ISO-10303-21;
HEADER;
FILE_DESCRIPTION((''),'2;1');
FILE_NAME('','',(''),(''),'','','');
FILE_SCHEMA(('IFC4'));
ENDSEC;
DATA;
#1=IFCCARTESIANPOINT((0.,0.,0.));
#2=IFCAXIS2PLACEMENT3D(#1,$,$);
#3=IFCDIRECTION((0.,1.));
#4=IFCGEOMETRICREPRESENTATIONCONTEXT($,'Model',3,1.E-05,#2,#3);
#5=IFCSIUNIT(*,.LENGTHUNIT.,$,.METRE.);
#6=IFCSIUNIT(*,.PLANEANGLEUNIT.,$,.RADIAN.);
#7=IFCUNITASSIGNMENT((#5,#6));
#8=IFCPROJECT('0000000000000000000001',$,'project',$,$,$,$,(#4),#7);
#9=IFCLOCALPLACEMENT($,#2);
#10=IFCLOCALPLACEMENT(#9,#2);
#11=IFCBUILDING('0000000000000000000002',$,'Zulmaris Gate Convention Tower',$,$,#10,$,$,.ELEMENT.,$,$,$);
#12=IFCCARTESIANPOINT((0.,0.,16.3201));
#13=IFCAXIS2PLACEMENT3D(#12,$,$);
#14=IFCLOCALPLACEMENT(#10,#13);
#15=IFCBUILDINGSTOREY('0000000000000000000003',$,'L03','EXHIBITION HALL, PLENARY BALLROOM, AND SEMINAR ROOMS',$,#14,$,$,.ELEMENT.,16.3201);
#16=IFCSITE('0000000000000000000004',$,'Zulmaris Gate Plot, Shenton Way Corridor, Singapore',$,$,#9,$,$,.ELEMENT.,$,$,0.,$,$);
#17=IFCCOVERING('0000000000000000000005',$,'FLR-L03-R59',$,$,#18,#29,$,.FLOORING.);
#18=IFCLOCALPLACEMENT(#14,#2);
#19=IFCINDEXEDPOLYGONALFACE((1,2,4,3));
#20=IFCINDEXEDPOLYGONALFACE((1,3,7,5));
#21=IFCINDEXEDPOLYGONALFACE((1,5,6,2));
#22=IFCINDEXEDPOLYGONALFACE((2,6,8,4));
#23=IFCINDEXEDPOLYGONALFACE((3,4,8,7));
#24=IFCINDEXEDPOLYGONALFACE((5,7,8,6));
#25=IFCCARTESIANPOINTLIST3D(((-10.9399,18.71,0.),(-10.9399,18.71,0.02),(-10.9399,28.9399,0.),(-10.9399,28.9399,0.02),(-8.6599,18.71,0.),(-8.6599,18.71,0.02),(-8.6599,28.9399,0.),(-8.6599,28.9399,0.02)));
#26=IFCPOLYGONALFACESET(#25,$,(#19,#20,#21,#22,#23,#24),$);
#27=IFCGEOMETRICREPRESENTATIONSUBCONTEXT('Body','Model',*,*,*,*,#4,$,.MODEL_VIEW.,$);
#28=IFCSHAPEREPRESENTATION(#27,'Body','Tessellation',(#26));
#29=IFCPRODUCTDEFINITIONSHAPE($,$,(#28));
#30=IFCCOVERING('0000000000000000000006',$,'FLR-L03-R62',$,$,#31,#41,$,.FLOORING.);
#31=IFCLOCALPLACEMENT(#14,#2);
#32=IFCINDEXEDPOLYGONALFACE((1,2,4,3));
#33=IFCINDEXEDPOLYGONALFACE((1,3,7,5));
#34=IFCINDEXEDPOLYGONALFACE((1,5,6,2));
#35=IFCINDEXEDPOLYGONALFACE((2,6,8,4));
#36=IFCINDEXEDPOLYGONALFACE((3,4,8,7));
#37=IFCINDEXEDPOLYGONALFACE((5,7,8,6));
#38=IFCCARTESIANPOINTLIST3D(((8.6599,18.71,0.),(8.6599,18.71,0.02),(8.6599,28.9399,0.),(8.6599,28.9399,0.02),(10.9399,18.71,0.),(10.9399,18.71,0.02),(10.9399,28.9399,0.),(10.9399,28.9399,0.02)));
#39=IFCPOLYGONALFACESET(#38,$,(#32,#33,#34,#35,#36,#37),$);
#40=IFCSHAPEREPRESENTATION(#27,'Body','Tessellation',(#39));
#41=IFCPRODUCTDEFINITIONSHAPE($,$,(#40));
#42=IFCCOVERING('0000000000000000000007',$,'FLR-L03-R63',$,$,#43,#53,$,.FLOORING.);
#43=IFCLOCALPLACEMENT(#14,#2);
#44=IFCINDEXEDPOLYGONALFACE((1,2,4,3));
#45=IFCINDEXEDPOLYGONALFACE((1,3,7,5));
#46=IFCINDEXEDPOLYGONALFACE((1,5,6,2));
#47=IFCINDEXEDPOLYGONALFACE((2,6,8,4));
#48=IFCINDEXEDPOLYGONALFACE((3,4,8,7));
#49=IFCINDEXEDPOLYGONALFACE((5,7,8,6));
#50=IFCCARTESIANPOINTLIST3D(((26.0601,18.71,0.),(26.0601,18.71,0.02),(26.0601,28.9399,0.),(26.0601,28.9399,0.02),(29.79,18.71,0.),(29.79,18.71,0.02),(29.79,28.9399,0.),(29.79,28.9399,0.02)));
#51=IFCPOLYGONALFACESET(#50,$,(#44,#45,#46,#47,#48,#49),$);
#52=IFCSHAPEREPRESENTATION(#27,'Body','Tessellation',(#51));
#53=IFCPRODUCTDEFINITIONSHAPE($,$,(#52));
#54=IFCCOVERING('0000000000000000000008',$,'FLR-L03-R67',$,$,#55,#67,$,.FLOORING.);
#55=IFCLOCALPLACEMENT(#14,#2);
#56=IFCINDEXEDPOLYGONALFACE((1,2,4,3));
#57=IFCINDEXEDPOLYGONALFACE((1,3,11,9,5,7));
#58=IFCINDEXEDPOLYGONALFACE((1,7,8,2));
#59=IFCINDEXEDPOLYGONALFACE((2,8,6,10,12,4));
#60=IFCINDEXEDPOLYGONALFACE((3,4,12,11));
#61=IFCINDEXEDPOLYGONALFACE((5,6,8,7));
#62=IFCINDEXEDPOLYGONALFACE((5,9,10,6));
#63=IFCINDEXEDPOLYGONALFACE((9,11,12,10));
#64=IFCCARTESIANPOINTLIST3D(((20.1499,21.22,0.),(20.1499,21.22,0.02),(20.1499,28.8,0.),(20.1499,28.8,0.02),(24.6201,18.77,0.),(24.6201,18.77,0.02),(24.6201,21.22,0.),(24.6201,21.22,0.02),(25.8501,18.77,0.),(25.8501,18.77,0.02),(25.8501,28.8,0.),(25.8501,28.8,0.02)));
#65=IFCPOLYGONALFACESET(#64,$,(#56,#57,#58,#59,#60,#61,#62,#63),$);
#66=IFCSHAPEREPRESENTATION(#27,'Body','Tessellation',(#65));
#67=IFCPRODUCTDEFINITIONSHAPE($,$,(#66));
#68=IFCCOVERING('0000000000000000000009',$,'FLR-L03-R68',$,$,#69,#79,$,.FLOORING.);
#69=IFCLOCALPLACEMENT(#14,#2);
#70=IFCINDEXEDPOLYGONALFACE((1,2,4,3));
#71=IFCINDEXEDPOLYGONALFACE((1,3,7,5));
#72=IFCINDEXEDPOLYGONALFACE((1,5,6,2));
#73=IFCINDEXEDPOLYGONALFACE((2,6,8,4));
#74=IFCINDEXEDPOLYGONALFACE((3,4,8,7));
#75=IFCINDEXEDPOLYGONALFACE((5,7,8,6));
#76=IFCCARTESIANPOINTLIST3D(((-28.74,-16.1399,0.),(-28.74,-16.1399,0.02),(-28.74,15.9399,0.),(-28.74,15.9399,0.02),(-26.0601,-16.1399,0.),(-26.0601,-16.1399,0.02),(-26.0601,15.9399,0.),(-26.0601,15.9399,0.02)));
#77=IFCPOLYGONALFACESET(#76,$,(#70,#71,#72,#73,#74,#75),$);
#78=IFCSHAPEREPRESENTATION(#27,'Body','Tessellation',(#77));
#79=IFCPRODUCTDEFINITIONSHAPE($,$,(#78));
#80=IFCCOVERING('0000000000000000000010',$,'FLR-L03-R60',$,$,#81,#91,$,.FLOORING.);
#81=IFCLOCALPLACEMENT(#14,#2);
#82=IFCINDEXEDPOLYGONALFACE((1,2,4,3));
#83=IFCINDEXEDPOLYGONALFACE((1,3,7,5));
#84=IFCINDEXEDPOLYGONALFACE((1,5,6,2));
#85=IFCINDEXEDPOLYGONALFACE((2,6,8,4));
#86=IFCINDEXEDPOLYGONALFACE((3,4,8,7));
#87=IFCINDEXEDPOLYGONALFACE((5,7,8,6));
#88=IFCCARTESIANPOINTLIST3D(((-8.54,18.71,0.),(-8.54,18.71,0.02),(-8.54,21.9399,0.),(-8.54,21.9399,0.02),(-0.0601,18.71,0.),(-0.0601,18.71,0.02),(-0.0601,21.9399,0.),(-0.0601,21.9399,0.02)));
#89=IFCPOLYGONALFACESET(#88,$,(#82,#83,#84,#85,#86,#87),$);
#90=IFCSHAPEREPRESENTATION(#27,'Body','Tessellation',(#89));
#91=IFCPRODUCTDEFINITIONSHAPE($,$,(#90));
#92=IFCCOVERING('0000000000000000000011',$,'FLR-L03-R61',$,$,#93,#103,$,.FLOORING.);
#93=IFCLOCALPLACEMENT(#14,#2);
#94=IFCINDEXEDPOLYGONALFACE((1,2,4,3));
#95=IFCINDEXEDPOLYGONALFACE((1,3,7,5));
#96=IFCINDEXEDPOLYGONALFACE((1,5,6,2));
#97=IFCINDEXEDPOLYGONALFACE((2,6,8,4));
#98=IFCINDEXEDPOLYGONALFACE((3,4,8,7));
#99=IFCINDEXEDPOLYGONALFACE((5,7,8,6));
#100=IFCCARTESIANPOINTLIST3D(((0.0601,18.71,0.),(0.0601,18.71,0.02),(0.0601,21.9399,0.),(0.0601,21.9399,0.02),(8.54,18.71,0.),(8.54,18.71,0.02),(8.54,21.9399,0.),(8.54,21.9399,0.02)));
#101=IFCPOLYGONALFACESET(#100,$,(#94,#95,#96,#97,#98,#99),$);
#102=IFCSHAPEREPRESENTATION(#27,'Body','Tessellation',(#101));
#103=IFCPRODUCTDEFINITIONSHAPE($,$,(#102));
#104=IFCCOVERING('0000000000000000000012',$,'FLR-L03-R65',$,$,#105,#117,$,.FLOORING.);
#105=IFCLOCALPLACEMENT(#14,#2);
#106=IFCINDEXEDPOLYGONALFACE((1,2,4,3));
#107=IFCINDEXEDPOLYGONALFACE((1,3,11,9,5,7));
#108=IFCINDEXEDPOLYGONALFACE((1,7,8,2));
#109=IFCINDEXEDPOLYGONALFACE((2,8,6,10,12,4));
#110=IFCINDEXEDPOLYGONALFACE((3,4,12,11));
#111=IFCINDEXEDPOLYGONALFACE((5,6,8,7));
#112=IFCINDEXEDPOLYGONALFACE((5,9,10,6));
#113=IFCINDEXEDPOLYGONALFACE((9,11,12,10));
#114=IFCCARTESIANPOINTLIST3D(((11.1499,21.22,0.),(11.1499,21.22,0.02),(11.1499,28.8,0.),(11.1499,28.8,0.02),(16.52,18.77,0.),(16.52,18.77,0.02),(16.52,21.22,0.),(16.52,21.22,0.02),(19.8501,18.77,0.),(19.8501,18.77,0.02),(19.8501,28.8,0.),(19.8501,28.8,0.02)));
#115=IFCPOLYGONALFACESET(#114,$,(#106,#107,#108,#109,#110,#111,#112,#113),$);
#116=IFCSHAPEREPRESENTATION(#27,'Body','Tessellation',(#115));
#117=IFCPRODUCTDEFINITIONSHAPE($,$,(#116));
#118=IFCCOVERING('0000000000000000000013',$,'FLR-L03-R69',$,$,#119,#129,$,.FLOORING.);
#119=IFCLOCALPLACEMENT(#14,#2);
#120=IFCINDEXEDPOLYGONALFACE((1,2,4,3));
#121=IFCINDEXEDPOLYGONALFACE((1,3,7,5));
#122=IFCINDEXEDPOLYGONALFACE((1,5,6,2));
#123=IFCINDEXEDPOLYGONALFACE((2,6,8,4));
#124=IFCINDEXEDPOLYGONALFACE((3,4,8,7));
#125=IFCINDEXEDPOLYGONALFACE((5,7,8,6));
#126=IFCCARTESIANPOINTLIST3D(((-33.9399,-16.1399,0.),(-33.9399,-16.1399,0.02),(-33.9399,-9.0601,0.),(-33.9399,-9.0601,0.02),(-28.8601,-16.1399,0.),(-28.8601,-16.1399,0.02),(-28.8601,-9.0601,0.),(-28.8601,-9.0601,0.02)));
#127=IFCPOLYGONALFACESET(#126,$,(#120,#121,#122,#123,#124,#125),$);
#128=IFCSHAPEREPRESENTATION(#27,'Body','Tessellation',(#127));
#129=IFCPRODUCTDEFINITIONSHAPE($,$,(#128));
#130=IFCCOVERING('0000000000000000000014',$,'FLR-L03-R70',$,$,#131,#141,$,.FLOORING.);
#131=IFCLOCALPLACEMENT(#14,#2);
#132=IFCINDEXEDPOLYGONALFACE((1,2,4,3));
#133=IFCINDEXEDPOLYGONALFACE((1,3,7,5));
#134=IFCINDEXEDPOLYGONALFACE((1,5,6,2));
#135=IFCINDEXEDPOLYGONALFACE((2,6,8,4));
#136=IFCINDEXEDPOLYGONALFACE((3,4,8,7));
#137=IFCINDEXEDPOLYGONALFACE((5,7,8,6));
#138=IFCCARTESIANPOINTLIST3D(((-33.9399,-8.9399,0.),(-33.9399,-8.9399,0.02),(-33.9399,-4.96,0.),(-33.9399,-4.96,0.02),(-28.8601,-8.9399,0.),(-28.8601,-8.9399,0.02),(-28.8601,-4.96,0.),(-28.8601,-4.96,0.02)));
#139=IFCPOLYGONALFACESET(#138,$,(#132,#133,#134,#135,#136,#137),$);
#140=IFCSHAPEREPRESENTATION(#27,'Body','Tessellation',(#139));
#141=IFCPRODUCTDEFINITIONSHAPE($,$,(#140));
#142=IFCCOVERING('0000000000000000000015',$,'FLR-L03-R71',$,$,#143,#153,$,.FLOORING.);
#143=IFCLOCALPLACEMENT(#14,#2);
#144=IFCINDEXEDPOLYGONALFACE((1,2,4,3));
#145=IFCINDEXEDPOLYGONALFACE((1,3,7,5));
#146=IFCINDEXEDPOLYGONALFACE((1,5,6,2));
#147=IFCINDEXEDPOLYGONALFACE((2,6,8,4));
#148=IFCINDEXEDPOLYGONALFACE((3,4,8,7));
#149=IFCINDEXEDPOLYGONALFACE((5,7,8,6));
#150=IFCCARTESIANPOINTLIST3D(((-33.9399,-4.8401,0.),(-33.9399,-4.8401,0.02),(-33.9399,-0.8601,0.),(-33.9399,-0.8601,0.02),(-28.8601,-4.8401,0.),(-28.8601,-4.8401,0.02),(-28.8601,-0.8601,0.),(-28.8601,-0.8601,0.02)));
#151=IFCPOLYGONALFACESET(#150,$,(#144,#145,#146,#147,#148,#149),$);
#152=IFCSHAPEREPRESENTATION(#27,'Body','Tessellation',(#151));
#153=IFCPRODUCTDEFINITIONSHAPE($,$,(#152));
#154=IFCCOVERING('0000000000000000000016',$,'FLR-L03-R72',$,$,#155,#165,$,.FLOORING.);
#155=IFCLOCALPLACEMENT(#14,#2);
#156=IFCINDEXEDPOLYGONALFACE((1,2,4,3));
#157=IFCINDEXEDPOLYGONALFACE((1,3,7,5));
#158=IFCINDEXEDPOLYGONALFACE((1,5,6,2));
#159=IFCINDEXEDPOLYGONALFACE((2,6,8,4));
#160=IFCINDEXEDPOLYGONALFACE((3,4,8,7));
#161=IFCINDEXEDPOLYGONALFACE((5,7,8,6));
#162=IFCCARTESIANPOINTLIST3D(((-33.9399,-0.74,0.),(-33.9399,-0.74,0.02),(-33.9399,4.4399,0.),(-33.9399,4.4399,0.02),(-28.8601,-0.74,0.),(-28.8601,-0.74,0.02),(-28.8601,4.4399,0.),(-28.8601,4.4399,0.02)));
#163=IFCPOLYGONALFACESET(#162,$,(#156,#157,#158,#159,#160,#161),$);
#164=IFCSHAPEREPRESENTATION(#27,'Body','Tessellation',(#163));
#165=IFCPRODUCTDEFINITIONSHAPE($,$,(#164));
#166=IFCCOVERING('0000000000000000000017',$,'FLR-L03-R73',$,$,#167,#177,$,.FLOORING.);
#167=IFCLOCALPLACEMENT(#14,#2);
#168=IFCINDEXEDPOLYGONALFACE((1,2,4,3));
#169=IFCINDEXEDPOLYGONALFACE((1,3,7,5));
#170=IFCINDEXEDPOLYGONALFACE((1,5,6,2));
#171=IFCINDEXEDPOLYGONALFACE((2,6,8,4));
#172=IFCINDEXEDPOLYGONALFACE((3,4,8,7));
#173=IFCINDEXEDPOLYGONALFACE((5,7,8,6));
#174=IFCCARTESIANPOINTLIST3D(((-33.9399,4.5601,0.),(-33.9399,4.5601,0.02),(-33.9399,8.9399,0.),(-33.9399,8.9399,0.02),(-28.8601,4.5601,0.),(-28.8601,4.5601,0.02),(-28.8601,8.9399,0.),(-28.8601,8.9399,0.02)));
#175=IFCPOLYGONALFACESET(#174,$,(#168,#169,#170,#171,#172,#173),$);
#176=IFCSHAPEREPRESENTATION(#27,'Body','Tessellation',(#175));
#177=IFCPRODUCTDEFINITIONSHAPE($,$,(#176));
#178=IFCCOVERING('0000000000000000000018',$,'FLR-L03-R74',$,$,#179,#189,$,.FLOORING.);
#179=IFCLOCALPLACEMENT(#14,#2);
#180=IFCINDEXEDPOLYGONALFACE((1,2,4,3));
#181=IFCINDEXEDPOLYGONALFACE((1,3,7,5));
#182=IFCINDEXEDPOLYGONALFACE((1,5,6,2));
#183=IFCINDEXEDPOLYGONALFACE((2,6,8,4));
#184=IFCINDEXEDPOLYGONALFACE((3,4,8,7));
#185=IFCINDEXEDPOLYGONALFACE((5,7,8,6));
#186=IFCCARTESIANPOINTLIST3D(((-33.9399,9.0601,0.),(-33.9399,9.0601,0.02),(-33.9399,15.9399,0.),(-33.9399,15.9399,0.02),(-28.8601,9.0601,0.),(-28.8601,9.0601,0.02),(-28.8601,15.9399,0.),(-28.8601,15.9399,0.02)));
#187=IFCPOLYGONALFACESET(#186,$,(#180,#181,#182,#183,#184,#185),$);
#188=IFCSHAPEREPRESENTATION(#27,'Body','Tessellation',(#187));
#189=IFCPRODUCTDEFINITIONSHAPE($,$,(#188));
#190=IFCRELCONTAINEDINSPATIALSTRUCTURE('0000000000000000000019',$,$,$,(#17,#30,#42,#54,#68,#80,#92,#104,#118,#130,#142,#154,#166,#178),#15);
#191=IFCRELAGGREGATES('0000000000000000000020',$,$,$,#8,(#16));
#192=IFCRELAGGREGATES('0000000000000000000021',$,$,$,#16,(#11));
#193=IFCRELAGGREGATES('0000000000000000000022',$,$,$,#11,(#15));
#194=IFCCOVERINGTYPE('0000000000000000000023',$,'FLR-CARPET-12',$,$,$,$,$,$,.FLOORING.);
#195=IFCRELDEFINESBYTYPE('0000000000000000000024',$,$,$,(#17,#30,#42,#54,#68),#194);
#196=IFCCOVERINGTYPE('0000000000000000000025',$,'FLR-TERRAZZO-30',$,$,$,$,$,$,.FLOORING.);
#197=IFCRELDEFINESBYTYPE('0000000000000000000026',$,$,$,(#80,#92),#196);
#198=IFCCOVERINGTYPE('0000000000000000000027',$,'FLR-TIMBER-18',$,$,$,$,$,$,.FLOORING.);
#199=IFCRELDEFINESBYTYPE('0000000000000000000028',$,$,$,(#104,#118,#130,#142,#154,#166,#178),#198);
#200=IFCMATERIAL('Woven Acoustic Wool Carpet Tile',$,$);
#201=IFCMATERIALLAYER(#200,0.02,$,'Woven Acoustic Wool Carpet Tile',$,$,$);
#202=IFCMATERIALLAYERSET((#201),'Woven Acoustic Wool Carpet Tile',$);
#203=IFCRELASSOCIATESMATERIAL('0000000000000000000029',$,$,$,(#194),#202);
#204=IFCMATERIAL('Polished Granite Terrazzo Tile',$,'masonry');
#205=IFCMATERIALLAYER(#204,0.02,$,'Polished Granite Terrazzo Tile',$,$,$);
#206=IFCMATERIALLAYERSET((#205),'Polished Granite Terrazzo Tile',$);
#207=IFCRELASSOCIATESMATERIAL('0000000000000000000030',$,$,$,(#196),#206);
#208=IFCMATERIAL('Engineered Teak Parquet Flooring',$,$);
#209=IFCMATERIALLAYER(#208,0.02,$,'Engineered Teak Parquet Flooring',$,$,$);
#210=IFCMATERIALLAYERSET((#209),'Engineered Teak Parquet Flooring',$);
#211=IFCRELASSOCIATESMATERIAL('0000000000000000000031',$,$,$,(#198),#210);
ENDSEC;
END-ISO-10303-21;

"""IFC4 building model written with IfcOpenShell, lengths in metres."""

from ifc_helpers import new_model, si_unit, direction, frame, origin, place, context, subcontext, project, spatial, polyline, outline, extrude, material, layer, layer_set, type_object, element, save


model = new_model("IFC4")

# Units and contexts
model_context = context("Model", 3, precision=1e-05, world=origin(), true_north=direction((0.0, 1.0)))
body_context = subcontext(model_context, "Body", "Model", "MODEL_VIEW")
ifc_project = project(units=[si_unit("LENGTHUNIT", "METRE"), si_unit("PLANEANGLEUNIT", "RADIAN")], contexts=[model_context])

# Site, building, storey
site_placement = place(None, origin())
site = spatial("IfcSite", under=ifc_project, at=site_placement, Name="Zulmaris Gate Plot, Shenton Way Corridor, Singapore", CompositionType="ELEMENT", RefElevation=0.0)
building_placement = place(site_placement, origin())
building = spatial("IfcBuilding", under=site, at=building_placement, Name="Zulmaris Gate Convention Tower", CompositionType="ELEMENT")
storey_placement = place(building_placement, frame((0.0, 0.0, 16.3201)))
storey = spatial("IfcBuildingStorey", under=building, at=storey_placement, Name="L03", Description="EXHIBITION HALL, PLENARY BALLROOM, AND SEMINAR ROOMS", CompositionType="ELEMENT", Elevation=16.3201)

# Coverings
ifc_material_1 = material(Name="Woven Acoustic Wool Carpet Tile")
ifc_layer_1 = layer(ifc_material_1, 0.02, Name="Woven Acoustic Wool Carpet Tile")
ifc_layer_set_1 = layer_set([ifc_layer_1], Name="Woven Acoustic Wool Carpet Tile")
covering_type_1 = type_object("IfcCoveringType", Name="FLR-CARPET-12", PredefinedType="FLOORING", material=ifc_layer_set_1)
covering_1_placement = place(storey_placement, origin())
element("IfcCovering", 1, at=covering_1_placement, inside=storey, type_object=covering_type_1, Name="FLR-L03-R59", PredefinedType="FLOORING", context=body_context, shape_type="SweptSolid", body=[
    extrude(outline(polyline([(-10.9399, 18.71), (-8.6599, 18.71), (-8.6599, 28.9399), (-10.9399, 28.9399), (-10.9399, 18.71)])), origin(), (0.0, 0.0, 1.0), 0.02),
])
covering_2_placement = place(storey_placement, origin())
element("IfcCovering", 2, at=covering_2_placement, inside=storey, type_object=covering_type_1, Name="FLR-L03-R62", PredefinedType="FLOORING", context=body_context, shape_type="SweptSolid", body=[
    extrude(outline(polyline([(8.6599, 18.71), (10.9399, 18.71), (10.9399, 28.9399), (8.6599, 28.9399), (8.6599, 18.71)])), origin(), (0.0, 0.0, 1.0), 0.02),
])
covering_3_placement = place(storey_placement, origin())
element("IfcCovering", 3, at=covering_3_placement, inside=storey, type_object=covering_type_1, Name="FLR-L03-R63", PredefinedType="FLOORING", context=body_context, shape_type="SweptSolid", body=[
    extrude(outline(polyline([(26.0601, 18.71), (29.79, 18.71), (29.79, 28.9399), (26.0601, 28.9399), (26.0601, 18.71)])), origin(), (0.0, 0.0, 1.0), 0.02),
])
covering_4_placement = place(storey_placement, origin())
element("IfcCovering", 4, at=covering_4_placement, inside=storey, type_object=covering_type_1, Name="FLR-L03-R67", PredefinedType="FLOORING", context=body_context, shape_type="SweptSolid", body=[
    extrude(outline(polyline([(24.6201, 18.77), (25.8501, 18.77), (25.8501, 28.8), (20.1499, 28.8), (20.1499, 21.22), (24.6201, 21.22), (24.6201, 18.77)])), origin(), (0.0, 0.0, 1.0), 0.02),
])
covering_5_placement = place(storey_placement, origin())
element("IfcCovering", 5, at=covering_5_placement, inside=storey, type_object=covering_type_1, Name="FLR-L03-R68", PredefinedType="FLOORING", context=body_context, shape_type="SweptSolid", body=[
    extrude(outline(polyline([(-28.74, -16.1399), (-26.0601, -16.1399), (-26.0601, 15.9399), (-28.74, 15.9399), (-28.74, -16.1399)])), origin(), (0.0, 0.0, 1.0), 0.02),
])
ifc_material_2 = material(Name="Polished Granite Terrazzo Tile", Category="masonry")
ifc_layer_2 = layer(ifc_material_2, 0.02, Name="Polished Granite Terrazzo Tile")
ifc_layer_set_2 = layer_set([ifc_layer_2], Name="Polished Granite Terrazzo Tile")
covering_type_2 = type_object("IfcCoveringType", Name="FLR-TERRAZZO-30", PredefinedType="FLOORING", material=ifc_layer_set_2)
covering_6_placement = place(storey_placement, origin())
element("IfcCovering", 6, at=covering_6_placement, inside=storey, type_object=covering_type_2, Name="FLR-L03-R60", PredefinedType="FLOORING", context=body_context, shape_type="SweptSolid", body=[
    extrude(outline(polyline([(-8.54, 18.71), (-0.0601, 18.71), (-0.0601, 21.9399), (-8.54, 21.9399), (-8.54, 18.71)])), origin(), (0.0, 0.0, 1.0), 0.02),
])
covering_7_placement = place(storey_placement, origin())
element("IfcCovering", 7, at=covering_7_placement, inside=storey, type_object=covering_type_2, Name="FLR-L03-R61", PredefinedType="FLOORING", context=body_context, shape_type="SweptSolid", body=[
    extrude(outline(polyline([(0.0601, 18.71), (8.54, 18.71), (8.54, 21.9399), (0.0601, 21.9399), (0.0601, 18.71)])), origin(), (0.0, 0.0, 1.0), 0.02),
])
ifc_material_3 = material(Name="Engineered Teak Parquet Flooring")
ifc_layer_3 = layer(ifc_material_3, 0.02, Name="Engineered Teak Parquet Flooring")
ifc_layer_set_3 = layer_set([ifc_layer_3], Name="Engineered Teak Parquet Flooring")
covering_type_3 = type_object("IfcCoveringType", Name="FLR-TIMBER-18", PredefinedType="FLOORING", material=ifc_layer_set_3)
covering_8_placement = place(storey_placement, origin())
element("IfcCovering", 8, at=covering_8_placement, inside=storey, type_object=covering_type_3, Name="FLR-L03-R65", PredefinedType="FLOORING", context=body_context, shape_type="SweptSolid", body=[
    extrude(outline(polyline([(16.52, 18.77), (19.8501, 18.77), (19.8501, 28.8), (11.1499, 28.8), (11.1499, 21.22), (16.52, 21.22), (16.52, 18.77)])), origin(), (0.0, 0.0, 1.0), 0.02),
])
covering_9_placement = place(storey_placement, origin())
element("IfcCovering", 9, at=covering_9_placement, inside=storey, type_object=covering_type_3, Name="FLR-L03-R69", PredefinedType="FLOORING", context=body_context, shape_type="SweptSolid", body=[
    extrude(outline(polyline([(-33.9399, -16.1399), (-28.8601, -16.1399), (-28.8601, -9.0601), (-33.9399, -9.0601), (-33.9399, -16.1399)])), origin(), (0.0, 0.0, 1.0), 0.02),
])
covering_10_placement = place(storey_placement, origin())
element("IfcCovering", 10, at=covering_10_placement, inside=storey, type_object=covering_type_3, Name="FLR-L03-R70", PredefinedType="FLOORING", context=body_context, shape_type="SweptSolid", body=[
    extrude(outline(polyline([(-33.9399, -8.9399), (-28.8601, -8.9399), (-28.8601, -4.96), (-33.9399, -4.96), (-33.9399, -8.9399)])), origin(), (0.0, 0.0, 1.0), 0.02),
])
covering_11_placement = place(storey_placement, origin())
element("IfcCovering", 11, at=covering_11_placement, inside=storey, type_object=covering_type_3, Name="FLR-L03-R71", PredefinedType="FLOORING", context=body_context, shape_type="SweptSolid", body=[
    extrude(outline(polyline([(-33.9399, -4.8401), (-28.8601, -4.8401), (-28.8601, -0.8601), (-33.9399, -0.8601), (-33.9399, -4.8401)])), origin(), (0.0, 0.0, 1.0), 0.02),
])
covering_12_placement = place(storey_placement, origin())
element("IfcCovering", 12, at=covering_12_placement, inside=storey, type_object=covering_type_3, Name="FLR-L03-R72", PredefinedType="FLOORING", context=body_context, shape_type="SweptSolid", body=[
    extrude(outline(polyline([(-33.9399, -0.74), (-28.8601, -0.74), (-28.8601, 4.4399), (-33.9399, 4.4399), (-33.9399, -0.74)])), origin(), (0.0, 0.0, 1.0), 0.02),
])
covering_13_placement = place(storey_placement, origin())
element("IfcCovering", 13, at=covering_13_placement, inside=storey, type_object=covering_type_3, Name="FLR-L03-R73", PredefinedType="FLOORING", context=body_context, shape_type="SweptSolid", body=[
    extrude(outline(polyline([(-33.9399, 4.5601), (-28.8601, 4.5601), (-28.8601, 8.9399), (-33.9399, 8.9399), (-33.9399, 4.5601)])), origin(), (0.0, 0.0, 1.0), 0.02),
])
covering_14_placement = place(storey_placement, origin())
element("IfcCovering", 14, at=covering_14_placement, inside=storey, type_object=covering_type_3, Name="FLR-L03-R74", PredefinedType="FLOORING", context=body_context, shape_type="SweptSolid", body=[
    extrude(outline(polyline([(-33.9399, 9.0601), (-28.8601, 9.0601), (-28.8601, 15.9399), (-33.9399, 15.9399), (-33.9399, 9.0601)])), origin(), (0.0, 0.0, 1.0), 0.02),
])

save(model, "model.ifc")
